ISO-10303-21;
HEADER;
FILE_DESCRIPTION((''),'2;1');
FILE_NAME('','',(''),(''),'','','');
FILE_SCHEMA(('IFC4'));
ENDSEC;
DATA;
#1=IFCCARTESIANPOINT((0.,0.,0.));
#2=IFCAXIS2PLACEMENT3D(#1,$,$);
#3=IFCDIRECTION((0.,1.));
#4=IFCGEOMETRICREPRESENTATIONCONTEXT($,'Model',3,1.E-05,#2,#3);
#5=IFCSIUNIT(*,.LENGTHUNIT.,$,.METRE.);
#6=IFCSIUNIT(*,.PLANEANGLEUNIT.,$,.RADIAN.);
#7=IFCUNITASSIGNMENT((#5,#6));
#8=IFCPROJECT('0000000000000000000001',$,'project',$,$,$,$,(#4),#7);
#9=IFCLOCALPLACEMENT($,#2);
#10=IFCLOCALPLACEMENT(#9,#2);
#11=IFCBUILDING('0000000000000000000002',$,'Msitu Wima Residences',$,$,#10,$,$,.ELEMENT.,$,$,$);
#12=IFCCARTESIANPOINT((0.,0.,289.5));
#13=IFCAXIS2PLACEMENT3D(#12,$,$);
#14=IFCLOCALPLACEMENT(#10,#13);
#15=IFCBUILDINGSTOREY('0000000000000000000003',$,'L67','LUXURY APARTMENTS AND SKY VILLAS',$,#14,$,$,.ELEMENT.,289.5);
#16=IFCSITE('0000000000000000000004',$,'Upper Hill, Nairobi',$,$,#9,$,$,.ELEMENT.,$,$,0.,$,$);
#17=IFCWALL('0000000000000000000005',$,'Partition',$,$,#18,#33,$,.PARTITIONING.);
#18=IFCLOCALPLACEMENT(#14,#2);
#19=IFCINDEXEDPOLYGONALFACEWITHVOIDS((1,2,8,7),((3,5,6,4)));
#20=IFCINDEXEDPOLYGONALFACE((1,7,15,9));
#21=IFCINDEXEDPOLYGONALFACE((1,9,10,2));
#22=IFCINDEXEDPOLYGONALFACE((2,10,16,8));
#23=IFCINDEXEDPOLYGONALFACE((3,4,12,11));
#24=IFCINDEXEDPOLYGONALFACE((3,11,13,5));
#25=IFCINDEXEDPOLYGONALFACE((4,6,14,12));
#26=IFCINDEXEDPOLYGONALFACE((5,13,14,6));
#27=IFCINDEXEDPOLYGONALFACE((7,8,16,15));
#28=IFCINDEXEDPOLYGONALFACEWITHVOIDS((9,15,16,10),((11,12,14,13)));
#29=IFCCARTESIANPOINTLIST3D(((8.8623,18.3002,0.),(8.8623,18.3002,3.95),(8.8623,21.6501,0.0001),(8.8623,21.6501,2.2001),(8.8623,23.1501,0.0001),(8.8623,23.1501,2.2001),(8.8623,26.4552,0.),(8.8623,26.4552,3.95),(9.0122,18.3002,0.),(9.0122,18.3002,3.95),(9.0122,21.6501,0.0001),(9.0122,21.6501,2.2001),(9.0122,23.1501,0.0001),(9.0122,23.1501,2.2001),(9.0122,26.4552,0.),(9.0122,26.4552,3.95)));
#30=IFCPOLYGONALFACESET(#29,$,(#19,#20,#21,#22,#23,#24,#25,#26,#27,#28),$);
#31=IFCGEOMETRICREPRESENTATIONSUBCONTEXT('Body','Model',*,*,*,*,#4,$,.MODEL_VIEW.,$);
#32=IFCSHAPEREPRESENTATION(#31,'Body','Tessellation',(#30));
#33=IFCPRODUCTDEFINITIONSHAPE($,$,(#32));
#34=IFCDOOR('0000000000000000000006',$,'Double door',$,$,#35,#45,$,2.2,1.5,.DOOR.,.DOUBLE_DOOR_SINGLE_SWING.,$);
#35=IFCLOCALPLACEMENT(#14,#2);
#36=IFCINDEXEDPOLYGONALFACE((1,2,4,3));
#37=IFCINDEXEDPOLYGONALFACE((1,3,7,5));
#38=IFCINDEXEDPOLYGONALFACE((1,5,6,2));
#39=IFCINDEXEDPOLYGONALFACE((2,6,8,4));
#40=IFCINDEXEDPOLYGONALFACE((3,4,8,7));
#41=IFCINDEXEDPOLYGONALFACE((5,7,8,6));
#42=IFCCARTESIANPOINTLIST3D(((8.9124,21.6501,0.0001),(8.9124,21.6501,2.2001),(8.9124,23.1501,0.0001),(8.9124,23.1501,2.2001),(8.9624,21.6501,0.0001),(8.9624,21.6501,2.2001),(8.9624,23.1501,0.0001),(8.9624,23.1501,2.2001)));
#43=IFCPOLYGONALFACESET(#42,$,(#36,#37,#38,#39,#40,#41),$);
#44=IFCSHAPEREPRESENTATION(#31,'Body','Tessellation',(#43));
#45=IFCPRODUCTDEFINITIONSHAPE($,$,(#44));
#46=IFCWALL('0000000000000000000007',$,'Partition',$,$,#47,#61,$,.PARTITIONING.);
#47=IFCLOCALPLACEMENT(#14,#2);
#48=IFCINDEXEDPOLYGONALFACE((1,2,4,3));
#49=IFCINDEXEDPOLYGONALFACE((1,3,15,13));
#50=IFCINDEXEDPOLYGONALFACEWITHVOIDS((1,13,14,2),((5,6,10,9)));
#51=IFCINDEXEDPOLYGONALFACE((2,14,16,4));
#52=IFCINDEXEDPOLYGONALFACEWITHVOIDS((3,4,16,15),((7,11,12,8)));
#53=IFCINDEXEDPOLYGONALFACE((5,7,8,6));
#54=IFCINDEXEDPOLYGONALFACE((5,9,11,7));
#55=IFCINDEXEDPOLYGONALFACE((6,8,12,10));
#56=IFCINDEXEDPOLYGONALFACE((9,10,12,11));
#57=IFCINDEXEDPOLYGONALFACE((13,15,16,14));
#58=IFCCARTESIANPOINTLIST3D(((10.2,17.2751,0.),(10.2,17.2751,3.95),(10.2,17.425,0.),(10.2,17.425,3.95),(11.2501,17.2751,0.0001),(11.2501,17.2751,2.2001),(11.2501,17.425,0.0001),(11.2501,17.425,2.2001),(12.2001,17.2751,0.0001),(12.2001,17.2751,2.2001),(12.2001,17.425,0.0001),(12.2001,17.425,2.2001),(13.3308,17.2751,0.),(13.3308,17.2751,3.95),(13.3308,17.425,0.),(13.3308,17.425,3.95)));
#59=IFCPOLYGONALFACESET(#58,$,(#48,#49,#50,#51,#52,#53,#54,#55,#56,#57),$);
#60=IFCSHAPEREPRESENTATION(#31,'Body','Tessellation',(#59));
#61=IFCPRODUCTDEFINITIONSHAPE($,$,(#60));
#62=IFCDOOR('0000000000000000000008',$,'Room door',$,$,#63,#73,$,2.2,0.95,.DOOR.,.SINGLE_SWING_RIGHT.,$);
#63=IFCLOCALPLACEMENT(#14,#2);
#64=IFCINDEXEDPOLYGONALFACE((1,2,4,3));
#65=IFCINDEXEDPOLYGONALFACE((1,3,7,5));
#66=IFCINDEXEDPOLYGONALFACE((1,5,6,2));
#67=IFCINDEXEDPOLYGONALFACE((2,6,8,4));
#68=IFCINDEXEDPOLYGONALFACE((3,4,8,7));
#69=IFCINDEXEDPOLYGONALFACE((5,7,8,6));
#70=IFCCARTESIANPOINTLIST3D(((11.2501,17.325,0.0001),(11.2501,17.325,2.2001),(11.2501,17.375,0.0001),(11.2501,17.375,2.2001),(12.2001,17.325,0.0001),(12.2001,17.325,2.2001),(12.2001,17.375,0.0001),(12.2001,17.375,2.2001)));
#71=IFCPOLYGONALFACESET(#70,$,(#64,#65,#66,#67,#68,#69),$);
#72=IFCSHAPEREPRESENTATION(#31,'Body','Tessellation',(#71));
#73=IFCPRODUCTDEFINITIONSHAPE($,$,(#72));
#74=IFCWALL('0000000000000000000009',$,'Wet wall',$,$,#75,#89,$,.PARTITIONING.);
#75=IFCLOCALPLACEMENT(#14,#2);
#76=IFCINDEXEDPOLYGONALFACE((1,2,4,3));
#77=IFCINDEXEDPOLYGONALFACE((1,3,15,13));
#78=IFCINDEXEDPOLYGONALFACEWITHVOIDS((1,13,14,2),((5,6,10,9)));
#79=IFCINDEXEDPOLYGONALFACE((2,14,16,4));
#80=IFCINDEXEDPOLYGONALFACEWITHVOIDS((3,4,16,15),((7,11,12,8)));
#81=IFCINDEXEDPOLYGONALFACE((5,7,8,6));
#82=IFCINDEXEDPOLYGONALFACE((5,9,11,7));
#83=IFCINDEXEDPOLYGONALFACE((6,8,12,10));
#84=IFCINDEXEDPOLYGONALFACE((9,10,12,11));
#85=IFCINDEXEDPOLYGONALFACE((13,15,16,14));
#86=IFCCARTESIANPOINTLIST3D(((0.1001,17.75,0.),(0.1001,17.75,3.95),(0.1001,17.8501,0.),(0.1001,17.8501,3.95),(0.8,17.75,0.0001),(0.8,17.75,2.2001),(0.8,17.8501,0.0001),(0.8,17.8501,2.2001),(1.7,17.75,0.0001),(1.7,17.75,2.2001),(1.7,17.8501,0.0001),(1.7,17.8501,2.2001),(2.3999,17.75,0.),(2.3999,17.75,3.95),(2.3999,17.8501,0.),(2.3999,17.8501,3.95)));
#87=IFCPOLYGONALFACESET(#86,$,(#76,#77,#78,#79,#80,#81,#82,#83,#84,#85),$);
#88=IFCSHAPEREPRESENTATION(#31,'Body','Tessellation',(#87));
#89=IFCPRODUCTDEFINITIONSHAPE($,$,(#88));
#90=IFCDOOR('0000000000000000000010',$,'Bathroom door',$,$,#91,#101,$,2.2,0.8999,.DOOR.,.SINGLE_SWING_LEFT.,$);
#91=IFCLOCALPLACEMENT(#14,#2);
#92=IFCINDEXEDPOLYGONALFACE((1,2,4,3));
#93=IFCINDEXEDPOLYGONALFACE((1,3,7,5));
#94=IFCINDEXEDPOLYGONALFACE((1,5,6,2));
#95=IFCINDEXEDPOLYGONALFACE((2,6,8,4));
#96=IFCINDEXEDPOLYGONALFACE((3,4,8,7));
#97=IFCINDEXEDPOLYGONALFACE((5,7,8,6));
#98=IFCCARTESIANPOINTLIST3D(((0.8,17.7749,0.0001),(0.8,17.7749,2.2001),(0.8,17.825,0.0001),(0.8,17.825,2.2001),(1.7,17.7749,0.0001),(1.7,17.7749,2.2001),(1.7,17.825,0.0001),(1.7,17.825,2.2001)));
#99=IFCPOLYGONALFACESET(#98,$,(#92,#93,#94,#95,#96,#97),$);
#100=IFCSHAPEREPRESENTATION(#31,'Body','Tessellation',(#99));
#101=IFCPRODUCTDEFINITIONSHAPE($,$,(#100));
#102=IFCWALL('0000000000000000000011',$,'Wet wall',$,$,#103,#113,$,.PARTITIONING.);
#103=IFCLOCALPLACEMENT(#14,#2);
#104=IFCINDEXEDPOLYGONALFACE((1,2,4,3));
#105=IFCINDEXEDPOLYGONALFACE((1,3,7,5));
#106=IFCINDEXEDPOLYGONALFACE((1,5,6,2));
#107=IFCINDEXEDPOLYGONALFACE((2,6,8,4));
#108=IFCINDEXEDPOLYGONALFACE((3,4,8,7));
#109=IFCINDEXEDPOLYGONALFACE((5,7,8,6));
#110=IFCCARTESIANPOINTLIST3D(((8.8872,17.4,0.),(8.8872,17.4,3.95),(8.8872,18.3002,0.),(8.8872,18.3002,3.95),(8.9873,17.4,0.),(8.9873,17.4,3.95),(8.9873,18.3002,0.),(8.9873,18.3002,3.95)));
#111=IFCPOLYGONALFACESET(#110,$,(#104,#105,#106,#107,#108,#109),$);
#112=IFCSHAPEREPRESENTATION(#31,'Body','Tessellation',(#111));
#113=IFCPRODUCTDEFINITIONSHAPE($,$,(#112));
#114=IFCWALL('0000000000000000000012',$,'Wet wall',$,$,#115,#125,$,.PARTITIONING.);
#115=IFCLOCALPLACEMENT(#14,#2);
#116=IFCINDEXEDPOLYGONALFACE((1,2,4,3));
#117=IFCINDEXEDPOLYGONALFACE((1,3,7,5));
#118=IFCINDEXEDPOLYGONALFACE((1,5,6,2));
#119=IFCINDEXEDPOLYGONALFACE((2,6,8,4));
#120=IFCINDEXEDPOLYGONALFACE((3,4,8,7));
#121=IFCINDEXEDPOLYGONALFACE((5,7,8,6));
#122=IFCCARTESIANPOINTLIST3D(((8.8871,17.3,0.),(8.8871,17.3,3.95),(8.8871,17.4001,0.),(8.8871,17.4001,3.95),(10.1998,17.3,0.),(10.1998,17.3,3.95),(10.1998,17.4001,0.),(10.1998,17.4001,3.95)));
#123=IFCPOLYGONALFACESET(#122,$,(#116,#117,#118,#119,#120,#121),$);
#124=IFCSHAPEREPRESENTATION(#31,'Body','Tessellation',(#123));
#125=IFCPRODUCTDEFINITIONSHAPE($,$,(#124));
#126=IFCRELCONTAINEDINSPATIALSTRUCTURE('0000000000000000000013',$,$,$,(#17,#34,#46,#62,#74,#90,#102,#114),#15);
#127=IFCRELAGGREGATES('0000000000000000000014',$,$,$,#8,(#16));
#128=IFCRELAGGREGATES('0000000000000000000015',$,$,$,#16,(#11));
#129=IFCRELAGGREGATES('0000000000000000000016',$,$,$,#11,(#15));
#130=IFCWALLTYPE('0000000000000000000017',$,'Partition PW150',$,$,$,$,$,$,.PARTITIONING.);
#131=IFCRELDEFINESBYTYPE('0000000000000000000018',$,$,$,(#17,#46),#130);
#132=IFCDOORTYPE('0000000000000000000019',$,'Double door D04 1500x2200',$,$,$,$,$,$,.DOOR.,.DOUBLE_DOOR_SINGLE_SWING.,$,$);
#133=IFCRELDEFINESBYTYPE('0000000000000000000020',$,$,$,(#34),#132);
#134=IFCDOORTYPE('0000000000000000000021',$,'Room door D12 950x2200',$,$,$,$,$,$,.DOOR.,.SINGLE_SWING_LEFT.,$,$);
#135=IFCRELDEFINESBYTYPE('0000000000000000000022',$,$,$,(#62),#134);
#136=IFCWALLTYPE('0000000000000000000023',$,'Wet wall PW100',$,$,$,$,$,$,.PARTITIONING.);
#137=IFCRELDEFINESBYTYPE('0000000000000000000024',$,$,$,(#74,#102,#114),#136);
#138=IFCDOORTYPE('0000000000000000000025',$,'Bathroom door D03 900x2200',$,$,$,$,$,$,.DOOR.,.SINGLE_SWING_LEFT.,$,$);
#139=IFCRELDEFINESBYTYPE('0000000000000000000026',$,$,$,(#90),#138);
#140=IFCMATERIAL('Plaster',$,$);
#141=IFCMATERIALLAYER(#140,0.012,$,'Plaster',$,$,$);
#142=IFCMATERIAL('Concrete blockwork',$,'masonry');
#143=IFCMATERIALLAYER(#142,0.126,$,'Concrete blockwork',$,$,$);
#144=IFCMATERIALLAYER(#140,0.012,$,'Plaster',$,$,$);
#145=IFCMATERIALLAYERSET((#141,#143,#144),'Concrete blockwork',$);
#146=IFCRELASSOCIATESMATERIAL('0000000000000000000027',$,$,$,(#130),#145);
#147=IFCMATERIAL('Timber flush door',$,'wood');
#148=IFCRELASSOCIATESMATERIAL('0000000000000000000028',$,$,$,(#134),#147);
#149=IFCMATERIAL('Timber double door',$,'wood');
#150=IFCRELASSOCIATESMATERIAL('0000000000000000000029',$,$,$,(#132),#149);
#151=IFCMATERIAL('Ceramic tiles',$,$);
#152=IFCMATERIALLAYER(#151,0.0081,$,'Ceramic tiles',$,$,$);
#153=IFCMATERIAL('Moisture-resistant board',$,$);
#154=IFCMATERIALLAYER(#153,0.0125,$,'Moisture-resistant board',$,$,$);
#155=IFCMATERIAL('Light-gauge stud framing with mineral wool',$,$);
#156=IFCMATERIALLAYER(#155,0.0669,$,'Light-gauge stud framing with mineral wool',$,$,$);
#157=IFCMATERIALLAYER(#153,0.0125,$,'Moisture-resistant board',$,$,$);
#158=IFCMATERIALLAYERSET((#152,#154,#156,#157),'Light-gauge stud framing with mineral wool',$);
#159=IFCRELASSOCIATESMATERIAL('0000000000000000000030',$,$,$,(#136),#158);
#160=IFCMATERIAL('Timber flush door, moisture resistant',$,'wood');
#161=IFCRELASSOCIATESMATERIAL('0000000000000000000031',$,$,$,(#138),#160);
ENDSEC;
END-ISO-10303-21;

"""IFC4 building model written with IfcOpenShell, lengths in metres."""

from ifc_helpers import new_model, si_unit, direction, frame, frame_2d, origin, place, context, subcontext, project, spatial, rectangle, extrude, material, layer, layer_set, type_object, element, fill, save


model = new_model("IFC4")

# Units and contexts
model_context = context("Model", 3, precision=1e-05, world=origin(), true_north=direction((0.0, 1.0)))
body_context = subcontext(model_context, "Body", "Model", "MODEL_VIEW")
ifc_project = project(units=[si_unit("LENGTHUNIT", "METRE"), si_unit("PLANEANGLEUNIT", "RADIAN")], contexts=[model_context])

# Site, building, storey
site_placement = place(None, origin())
site = spatial("IfcSite", under=ifc_project, at=site_placement, Name="Upper Hill, Nairobi", CompositionType="ELEMENT", RefElevation=0.0)
building_placement = place(site_placement, origin())
building = spatial("IfcBuilding", under=site, at=building_placement, Name="Msitu Wima Residences", CompositionType="ELEMENT")
storey_placement = place(building_placement, frame((0.0, 0.0, 289.5)))
storey = spatial("IfcBuildingStorey", under=building, at=storey_placement, Name="L67", Description="LUXURY APARTMENTS AND SKY VILLAS", CompositionType="ELEMENT", Elevation=289.5)

# Walls, openings, doors
ifc_material_1 = material(Name="Plaster")
ifc_layer_1 = layer(ifc_material_1, 0.012, Name="Plaster")
ifc_material_2 = material(Name="Concrete blockwork", Category="masonry")
ifc_layer_2 = layer(ifc_material_2, 0.126, Name="Concrete blockwork")
ifc_layer_3 = layer(ifc_material_1, 0.012, Name="Plaster")
ifc_layer_set_1 = layer_set([ifc_layer_1, ifc_layer_2, ifc_layer_3], Name="Concrete blockwork")
wall_type_1 = type_object("IfcWallType", Name="Partition PW150", PredefinedType="PARTITIONING", material=ifc_layer_set_1)
ifc_material_3 = material(Name="Timber flush door", Category="wood")
door_type_1 = type_object("IfcDoorType", Name="Room door D12 950x2200", OperationType="SINGLE_SWING_LEFT", PredefinedType="DOOR", material=ifc_material_3)
wall_1_placement = place(storey_placement, frame((8.9373, 18.3, 0.0), z_axis=(0.0, 0.0, 1.0), x_axis=(0.0, 1.0, 0.0)))
wall_1 = element("IfcWall", 1, at=wall_1_placement, inside=storey, type_object=wall_type_1, Name="Partition", PredefinedType="PARTITIONING", context=body_context, shape_type="SweptSolid", body=[
    extrude(rectangle(XDim=8.155, YDim=0.1499, at=frame_2d((4.0776, 0.0))), origin(), (0.0, 0.0, 1.0), 3.95),
])
opening_1_placement = place(wall_1_placement, frame((3.3501, 0.0, 0.0)))
opening_1 = element("IfcOpeningElement", 2, at=opening_1_placement, cuts=wall_1, PredefinedType="OPENING", context=body_context, shape_type="SweptSolid", body=[
    extrude(rectangle(XDim=1.5, YDim=2.2, at=frame_2d((0.75, 1.1001))), frame((0.0, 0.085, 0.0), z_axis=(0.0, -1.0, 0.0), x_axis=(1.0, 0.0, 0.0)), (0.0, 0.0, 1.0), 0.1699),
])
ifc_material_4 = material(Name="Timber double door", Category="wood")
door_type_2 = type_object("IfcDoorType", Name="Double door D04 1500x2200", OperationType="DOUBLE_DOOR_SINGLE_SWING", PredefinedType="DOOR", material=ifc_material_4)
door_1_placement = place(opening_1_placement, origin())
door_1 = element("IfcDoor", 3, at=door_1_placement, inside=storey, type_object=door_type_2, Name="Double door", OperationType="DOUBLE_DOOR_SINGLE_SWING", OverallHeight=2.2, OverallWidth=1.5, PredefinedType="DOOR", context=body_context, shape_type="SweptSolid", body=[
    extrude(rectangle(XDim=1.5, YDim=2.2, at=frame_2d((0.75, 1.1001))), frame((0.0, 0.0249, 0.0), z_axis=(0.0, -1.0, 0.0), x_axis=(1.0, 0.0, 0.0)), (0.0, 0.0, 1.0), 0.05),
])
fill(opening_1, door_1)
wall_2_placement = place(storey_placement, frame((10.2, 17.3501, 0.0), z_axis=(0.0, 0.0, 1.0), x_axis=(1.0, 0.0, 0.0)))
wall_2 = element("IfcWall", 4, at=wall_2_placement, inside=storey, type_object=wall_type_1, Name="Partition", PredefinedType="PARTITIONING", context=body_context, shape_type="SweptSolid", body=[
    extrude(rectangle(XDim=3.1309, YDim=0.1499, at=frame_2d((1.5654, 0.0))), origin(), (0.0, 0.0, 1.0), 3.95),
])
opening_2_placement = place(wall_2_placement, frame((1.05, 0.0, 0.0)))
opening_2 = element("IfcOpeningElement", 5, at=opening_2_placement, cuts=wall_2, PredefinedType="OPENING", context=body_context, shape_type="SweptSolid", body=[
    extrude(rectangle(XDim=0.95, YDim=2.2, at=frame_2d((0.4751, 1.1001))), frame((0.0, 0.085, 0.0), z_axis=(0.0, -1.0, 0.0), x_axis=(1.0, 0.0, 0.0)), (0.0, 0.0, 1.0), 0.1699),
])
door_2_placement = place(opening_2_placement, origin())
door_2 = element("IfcDoor", 6, at=door_2_placement, inside=storey, type_object=door_type_1, Name="Room door", OperationType="SINGLE_SWING_RIGHT", OverallHeight=2.2, OverallWidth=0.95, PredefinedType="DOOR", context=body_context, shape_type="SweptSolid", body=[
    extrude(rectangle(XDim=0.95, YDim=2.2, at=frame_2d((0.4751, 1.1001))), frame((0.0, 0.0249, 0.0), z_axis=(0.0, -1.0, 0.0), x_axis=(1.0, 0.0, 0.0)), (0.0, 0.0, 1.0), 0.05),
])
fill(opening_2, door_2)
ifc_material_5 = material(Name="Ceramic tiles")
ifc_layer_4 = layer(ifc_material_5, 0.0081, Name="Ceramic tiles")
ifc_material_6 = material(Name="Moisture-resistant board")
ifc_layer_5 = layer(ifc_material_6, 0.0125, Name="Moisture-resistant board")
ifc_material_7 = material(Name="Light-gauge stud framing with mineral wool")
ifc_layer_6 = layer(ifc_material_7, 0.0669, Name="Light-gauge stud framing with mineral wool")
ifc_layer_7 = layer(ifc_material_6, 0.0125, Name="Moisture-resistant board")
ifc_layer_set_2 = layer_set([ifc_layer_4, ifc_layer_5, ifc_layer_6, ifc_layer_7], Name="Light-gauge stud framing with mineral wool")
wall_type_2 = type_object("IfcWallType", Name="Wet wall PW100", PredefinedType="PARTITIONING", material=ifc_layer_set_2)
wall_3_placement = place(storey_placement, frame((0.1001, 17.8, 0.0), z_axis=(0.0, 0.0, 1.0), x_axis=(1.0, 0.0, 0.0)))
wall_3 = element("IfcWall", 7, at=wall_3_placement, inside=storey, type_object=wall_type_2, Name="Wet wall", PredefinedType="PARTITIONING", context=body_context, shape_type="SweptSolid", body=[
    extrude(rectangle(XDim=2.2998, YDim=0.1001, at=frame_2d((1.1499, 0.0))), origin(), (0.0, 0.0, 1.0), 3.95),
])
opening_3_placement = place(wall_3_placement, frame((0.7, 0.0, 0.0)))
opening_3 = element("IfcOpeningElement", 8, at=opening_3_placement, cuts=wall_3, PredefinedType="OPENING", context=body_context, shape_type="SweptSolid", body=[
    extrude(rectangle(XDim=0.8999, YDim=2.2, at=frame_2d((0.45, 1.1001))), frame((0.0, 0.0601, 0.0), z_axis=(0.0, -1.0, 0.0), x_axis=(1.0, 0.0, 0.0)), (0.0, 0.0, 1.0), 0.1201),
])
ifc_material_8 = material(Name="Timber flush door, moisture resistant", Category="wood")
door_type_3 = type_object("IfcDoorType", Name="Bathroom door D03 900x2200", OperationType="SINGLE_SWING_LEFT", PredefinedType="DOOR", material=ifc_material_8)
door_3_placement = place(opening_3_placement, origin())
door_3 = element("IfcDoor", 9, at=door_3_placement, inside=storey, type_object=door_type_3, Name="Bathroom door", OperationType="SINGLE_SWING_LEFT", OverallHeight=2.2, OverallWidth=0.8999, PredefinedType="DOOR", context=body_context, shape_type="SweptSolid", body=[
    extrude(rectangle(XDim=0.8999, YDim=2.2, at=frame_2d((0.45, 1.1001))), frame((0.0, 0.0249, 0.0), z_axis=(0.0, -1.0, 0.0), x_axis=(1.0, 0.0, 0.0)), (0.0, 0.0, 1.0), 0.05),
])
fill(opening_3, door_3)

# Walls
wall_4_placement = place(storey_placement, frame((8.9373, 17.3999, 0.0), z_axis=(0.0, 0.0, 1.0), x_axis=(0.0, 1.0, 0.0)))
element("IfcWall", 10, at=wall_4_placement, inside=storey, type_object=wall_type_2, Name="Wet wall", PredefinedType="PARTITIONING", context=body_context, shape_type="SweptSolid", body=[
    extrude(rectangle(XDim=0.9001, YDim=0.1001, at=frame_2d((0.4502, 0.0))), origin(), (0.0, 0.0, 1.0), 3.95),
])
wall_5_placement = place(storey_placement, frame((8.8872, 17.3501, 0.0), z_axis=(0.0, 0.0, 1.0), x_axis=(1.0, 0.0, 0.0)))
element("IfcWall", 11, at=wall_5_placement, inside=storey, type_object=wall_type_2, Name="Wet wall", PredefinedType="PARTITIONING", context=body_context, shape_type="SweptSolid", body=[
    extrude(rectangle(XDim=1.3127, YDim=0.1001, at=frame_2d((0.6562, 0.0))), origin(), (0.0, 0.0, 1.0), 3.95),
])

save(model, "model.ifc")
